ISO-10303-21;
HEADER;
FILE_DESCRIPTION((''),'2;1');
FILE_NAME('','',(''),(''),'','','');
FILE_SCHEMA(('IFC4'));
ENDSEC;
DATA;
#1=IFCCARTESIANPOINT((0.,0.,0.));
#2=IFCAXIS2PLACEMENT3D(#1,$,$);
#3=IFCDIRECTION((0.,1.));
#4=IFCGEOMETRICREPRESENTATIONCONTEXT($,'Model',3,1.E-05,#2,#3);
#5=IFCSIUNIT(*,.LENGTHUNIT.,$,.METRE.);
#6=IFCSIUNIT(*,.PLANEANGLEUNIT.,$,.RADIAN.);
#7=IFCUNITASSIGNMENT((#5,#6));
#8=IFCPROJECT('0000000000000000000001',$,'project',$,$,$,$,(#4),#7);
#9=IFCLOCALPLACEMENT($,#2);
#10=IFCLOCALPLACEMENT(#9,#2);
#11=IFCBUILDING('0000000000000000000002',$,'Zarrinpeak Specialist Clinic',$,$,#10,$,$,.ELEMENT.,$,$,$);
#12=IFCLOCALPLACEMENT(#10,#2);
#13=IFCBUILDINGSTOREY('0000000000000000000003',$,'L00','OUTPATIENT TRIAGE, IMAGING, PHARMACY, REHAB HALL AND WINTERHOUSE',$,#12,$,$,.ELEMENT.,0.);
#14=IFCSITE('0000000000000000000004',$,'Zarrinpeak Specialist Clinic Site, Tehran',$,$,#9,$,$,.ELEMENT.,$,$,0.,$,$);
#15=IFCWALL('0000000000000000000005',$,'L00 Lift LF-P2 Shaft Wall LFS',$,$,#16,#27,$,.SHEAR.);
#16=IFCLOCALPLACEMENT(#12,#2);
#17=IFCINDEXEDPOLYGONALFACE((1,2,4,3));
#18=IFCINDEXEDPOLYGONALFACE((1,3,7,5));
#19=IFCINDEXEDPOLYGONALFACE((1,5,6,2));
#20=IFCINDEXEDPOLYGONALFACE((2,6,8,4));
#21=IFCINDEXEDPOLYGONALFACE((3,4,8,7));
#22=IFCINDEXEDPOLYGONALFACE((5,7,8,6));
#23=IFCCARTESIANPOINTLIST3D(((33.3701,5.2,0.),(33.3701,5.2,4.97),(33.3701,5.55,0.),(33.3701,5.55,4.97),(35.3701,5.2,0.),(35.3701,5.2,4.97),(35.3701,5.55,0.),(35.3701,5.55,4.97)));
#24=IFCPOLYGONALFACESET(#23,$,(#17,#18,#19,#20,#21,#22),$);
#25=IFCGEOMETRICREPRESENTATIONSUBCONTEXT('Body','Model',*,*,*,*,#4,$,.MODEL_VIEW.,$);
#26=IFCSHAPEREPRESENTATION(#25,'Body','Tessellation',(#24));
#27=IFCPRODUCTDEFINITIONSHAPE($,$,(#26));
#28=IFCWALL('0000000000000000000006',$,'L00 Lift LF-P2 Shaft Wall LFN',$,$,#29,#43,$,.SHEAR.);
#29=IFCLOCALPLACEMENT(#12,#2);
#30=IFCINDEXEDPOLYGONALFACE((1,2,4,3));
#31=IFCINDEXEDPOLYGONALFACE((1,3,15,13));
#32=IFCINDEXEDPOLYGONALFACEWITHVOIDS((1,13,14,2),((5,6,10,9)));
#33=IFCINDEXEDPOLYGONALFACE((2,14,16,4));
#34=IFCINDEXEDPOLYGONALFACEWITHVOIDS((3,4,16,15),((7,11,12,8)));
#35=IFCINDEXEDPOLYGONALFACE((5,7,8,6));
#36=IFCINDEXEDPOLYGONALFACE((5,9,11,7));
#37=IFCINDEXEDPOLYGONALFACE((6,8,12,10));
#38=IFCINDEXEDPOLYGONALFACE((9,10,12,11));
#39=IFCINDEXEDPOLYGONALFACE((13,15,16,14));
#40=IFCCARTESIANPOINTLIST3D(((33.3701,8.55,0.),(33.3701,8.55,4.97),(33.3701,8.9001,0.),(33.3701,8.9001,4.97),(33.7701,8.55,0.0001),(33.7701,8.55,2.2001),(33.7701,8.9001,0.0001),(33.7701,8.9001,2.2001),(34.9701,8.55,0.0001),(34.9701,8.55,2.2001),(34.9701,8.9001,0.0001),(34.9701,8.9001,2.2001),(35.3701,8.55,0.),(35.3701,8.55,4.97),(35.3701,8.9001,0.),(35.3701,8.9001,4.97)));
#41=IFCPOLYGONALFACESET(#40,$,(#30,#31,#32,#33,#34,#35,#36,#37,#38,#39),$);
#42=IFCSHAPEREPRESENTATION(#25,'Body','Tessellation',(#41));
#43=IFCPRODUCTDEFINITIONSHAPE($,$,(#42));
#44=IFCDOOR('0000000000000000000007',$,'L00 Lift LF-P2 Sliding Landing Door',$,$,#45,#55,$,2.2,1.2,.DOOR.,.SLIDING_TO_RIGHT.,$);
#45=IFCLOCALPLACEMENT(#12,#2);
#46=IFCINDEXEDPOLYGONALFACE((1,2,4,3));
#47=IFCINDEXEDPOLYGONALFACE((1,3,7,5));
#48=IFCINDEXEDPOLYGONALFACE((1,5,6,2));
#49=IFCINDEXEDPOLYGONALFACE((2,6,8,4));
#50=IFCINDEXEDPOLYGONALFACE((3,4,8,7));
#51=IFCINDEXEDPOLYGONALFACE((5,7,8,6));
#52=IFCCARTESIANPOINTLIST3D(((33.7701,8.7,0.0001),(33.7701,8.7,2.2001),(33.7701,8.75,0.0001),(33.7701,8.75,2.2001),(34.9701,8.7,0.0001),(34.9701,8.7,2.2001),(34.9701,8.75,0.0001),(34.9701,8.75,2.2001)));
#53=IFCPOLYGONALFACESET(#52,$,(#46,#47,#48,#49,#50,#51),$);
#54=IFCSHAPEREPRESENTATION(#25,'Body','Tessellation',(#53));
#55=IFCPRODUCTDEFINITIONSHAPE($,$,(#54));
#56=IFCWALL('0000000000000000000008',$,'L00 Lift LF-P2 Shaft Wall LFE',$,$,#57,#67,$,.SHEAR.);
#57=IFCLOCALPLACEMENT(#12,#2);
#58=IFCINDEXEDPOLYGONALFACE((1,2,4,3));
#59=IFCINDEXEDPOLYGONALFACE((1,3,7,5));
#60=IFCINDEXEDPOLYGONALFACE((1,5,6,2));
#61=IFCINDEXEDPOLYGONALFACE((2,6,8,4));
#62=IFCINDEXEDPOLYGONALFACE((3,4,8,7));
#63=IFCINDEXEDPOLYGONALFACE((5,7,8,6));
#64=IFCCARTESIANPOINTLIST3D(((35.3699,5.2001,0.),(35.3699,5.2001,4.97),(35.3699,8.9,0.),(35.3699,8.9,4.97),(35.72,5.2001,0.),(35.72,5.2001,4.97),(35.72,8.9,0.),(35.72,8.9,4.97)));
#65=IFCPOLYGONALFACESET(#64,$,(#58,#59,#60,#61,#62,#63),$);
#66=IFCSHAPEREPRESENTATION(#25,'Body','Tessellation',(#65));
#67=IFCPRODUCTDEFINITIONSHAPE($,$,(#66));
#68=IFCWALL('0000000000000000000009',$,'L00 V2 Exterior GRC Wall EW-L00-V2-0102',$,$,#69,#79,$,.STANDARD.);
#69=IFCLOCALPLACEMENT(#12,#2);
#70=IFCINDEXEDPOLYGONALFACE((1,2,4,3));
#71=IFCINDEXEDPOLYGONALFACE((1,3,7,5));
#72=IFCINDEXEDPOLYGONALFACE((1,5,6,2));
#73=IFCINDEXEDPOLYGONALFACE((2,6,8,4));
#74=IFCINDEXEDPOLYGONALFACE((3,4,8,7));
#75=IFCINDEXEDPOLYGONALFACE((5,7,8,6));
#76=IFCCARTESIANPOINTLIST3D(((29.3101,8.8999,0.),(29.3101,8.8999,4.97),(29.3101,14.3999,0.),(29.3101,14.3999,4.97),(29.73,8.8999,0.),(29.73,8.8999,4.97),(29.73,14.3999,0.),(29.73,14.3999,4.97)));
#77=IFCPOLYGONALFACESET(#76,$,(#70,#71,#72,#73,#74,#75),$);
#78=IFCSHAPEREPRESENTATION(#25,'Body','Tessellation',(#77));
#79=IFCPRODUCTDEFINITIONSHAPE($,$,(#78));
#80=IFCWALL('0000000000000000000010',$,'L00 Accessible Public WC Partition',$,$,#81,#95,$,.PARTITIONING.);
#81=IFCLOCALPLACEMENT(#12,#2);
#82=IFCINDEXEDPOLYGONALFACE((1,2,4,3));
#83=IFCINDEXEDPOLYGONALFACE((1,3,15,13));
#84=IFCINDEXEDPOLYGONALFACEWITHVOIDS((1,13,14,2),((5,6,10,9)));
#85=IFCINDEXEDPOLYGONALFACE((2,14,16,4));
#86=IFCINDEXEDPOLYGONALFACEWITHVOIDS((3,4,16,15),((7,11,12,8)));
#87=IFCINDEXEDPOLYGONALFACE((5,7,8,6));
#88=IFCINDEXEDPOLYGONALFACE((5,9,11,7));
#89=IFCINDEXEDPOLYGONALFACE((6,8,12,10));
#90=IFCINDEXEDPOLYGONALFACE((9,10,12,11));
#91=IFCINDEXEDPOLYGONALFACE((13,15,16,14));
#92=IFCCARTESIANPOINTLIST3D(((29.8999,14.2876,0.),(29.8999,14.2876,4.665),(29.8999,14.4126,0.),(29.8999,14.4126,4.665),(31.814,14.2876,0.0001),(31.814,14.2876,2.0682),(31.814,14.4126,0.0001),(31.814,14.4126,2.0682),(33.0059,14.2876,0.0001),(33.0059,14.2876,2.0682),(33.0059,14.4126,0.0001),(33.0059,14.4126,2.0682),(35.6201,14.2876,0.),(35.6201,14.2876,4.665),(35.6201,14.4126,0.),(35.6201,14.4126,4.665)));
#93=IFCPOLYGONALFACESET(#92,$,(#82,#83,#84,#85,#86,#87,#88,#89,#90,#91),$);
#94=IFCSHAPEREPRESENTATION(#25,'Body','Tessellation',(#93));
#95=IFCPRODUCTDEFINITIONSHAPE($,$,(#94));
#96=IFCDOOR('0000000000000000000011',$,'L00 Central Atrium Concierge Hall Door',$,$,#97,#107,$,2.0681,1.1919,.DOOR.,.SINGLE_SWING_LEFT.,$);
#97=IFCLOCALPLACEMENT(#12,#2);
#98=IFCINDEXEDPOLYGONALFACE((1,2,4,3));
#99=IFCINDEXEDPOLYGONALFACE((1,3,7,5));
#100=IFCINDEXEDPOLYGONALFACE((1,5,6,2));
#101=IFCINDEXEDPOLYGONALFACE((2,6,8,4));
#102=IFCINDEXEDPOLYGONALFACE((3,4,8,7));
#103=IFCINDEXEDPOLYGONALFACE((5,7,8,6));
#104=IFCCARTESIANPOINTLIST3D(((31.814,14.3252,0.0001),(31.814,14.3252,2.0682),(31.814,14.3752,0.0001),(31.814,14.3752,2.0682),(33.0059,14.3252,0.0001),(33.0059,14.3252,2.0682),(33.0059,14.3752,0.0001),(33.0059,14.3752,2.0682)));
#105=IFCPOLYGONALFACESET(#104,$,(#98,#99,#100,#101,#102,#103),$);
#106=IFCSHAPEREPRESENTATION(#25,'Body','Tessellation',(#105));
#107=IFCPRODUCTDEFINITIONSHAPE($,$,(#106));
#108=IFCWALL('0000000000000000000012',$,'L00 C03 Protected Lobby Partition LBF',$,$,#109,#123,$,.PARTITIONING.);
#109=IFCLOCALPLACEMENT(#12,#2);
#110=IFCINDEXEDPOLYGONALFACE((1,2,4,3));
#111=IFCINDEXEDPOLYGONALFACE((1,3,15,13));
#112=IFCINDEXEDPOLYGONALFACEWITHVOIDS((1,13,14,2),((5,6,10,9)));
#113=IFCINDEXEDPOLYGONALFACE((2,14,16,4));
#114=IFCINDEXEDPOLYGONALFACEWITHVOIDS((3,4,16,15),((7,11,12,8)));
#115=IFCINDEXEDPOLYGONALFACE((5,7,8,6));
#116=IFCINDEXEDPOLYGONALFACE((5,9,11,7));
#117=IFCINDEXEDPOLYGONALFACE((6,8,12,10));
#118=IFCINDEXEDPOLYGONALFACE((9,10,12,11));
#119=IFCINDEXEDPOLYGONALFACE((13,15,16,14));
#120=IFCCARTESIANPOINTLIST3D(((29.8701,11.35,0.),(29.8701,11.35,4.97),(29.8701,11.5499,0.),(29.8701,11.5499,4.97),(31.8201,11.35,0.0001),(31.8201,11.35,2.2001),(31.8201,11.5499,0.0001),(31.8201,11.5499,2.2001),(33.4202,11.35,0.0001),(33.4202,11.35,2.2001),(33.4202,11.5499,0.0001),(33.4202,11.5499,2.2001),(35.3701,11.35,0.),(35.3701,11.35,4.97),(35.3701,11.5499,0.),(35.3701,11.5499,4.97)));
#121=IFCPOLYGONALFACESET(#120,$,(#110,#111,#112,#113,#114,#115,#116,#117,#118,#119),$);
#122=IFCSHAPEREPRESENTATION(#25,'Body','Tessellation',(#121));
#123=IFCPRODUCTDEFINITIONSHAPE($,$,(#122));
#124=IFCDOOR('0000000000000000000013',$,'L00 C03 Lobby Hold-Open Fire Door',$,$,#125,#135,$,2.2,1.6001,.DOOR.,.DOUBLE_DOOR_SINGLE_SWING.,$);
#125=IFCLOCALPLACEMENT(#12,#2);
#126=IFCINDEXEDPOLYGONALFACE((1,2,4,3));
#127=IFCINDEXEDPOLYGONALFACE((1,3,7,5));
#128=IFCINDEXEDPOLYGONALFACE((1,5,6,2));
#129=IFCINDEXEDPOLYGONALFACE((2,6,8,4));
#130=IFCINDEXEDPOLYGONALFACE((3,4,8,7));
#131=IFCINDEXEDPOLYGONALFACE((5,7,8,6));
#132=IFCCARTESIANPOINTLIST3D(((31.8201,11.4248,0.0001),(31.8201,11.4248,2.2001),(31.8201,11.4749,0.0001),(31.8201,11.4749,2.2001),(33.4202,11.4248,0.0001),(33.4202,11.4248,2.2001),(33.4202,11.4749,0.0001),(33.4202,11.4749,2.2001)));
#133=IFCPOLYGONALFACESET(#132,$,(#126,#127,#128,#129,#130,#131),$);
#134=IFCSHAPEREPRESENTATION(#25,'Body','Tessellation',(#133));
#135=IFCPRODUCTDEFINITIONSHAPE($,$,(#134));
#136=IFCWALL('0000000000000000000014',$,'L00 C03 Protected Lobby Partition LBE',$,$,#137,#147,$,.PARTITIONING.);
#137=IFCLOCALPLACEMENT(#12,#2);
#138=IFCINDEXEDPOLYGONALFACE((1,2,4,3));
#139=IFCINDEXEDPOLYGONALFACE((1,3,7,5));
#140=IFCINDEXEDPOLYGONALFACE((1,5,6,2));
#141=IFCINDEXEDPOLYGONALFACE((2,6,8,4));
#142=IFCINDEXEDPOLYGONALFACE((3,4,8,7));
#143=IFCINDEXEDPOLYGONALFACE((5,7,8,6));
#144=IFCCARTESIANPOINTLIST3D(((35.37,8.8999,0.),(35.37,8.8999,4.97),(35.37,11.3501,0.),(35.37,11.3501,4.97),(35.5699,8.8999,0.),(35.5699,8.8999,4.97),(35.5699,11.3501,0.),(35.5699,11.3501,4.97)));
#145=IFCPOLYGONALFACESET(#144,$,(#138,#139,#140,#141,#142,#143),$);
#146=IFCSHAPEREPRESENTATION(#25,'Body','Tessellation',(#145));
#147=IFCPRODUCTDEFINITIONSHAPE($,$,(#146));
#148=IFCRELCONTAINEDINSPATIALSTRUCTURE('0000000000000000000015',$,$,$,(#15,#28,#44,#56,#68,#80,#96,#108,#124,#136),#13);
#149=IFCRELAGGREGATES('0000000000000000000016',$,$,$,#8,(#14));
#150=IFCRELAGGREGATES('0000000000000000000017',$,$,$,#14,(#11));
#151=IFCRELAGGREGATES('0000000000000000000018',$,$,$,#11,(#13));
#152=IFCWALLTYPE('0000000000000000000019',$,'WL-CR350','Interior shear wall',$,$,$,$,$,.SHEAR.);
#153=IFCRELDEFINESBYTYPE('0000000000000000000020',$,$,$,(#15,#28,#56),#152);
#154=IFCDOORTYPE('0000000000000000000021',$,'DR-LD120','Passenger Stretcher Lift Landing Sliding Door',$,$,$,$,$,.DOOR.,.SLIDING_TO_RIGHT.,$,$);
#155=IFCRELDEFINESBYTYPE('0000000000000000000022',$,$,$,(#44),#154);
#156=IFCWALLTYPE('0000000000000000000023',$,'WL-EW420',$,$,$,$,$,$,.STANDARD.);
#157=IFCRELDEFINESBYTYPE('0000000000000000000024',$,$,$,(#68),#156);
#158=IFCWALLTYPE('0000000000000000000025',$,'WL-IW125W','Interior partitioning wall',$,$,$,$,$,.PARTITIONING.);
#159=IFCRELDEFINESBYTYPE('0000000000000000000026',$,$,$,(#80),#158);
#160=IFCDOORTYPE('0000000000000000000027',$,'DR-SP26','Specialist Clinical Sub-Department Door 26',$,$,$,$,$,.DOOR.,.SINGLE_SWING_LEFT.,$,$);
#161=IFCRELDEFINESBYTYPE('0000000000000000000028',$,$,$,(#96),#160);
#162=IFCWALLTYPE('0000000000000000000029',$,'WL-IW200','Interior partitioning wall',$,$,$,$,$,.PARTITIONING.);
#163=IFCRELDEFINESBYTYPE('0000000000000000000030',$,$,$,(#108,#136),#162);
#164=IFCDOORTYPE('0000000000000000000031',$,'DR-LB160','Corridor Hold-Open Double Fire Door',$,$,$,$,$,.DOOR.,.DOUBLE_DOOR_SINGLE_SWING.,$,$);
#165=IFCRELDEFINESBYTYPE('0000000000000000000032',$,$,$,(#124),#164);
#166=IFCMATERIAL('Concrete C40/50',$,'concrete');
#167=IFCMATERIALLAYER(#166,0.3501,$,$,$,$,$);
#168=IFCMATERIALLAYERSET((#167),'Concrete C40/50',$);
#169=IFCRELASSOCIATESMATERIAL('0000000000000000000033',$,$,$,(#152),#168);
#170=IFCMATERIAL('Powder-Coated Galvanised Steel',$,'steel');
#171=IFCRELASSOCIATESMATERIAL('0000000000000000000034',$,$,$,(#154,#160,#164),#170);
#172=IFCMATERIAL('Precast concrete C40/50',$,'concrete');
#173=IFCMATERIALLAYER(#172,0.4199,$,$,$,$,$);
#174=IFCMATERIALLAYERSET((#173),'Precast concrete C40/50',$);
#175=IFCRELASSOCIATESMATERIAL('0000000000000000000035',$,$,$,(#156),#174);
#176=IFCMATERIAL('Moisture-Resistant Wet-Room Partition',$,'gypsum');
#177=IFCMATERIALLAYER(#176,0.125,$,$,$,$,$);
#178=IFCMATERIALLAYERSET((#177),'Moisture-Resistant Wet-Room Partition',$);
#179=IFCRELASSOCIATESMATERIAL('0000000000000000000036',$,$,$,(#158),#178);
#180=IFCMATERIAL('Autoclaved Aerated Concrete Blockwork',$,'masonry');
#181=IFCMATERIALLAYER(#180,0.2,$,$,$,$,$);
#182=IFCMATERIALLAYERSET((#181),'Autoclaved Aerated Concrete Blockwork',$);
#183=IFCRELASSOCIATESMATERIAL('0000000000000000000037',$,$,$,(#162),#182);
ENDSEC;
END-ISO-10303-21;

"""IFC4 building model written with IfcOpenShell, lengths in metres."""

from ifc_helpers import new_model, si_unit, direction, frame, frame_2d, origin, place, context, subcontext, project, spatial, rectangle, extrude, material, layer, layer_set, type_object, element, fill, save


model = new_model("IFC4")

# Units and contexts
model_context = context("Model", 3, precision=1e-05, world=origin(), true_north=direction((0.0, 1.0)))
body_context = subcontext(model_context, "Body", "Model", "MODEL_VIEW")
ifc_project = project(units=[si_unit("LENGTHUNIT", "METRE"), si_unit("PLANEANGLEUNIT", "RADIAN")], contexts=[model_context])

# Site, building, storey
site_placement = place(None, origin())
site = spatial("IfcSite", under=ifc_project, at=site_placement, Name="Zarrinpeak Specialist Clinic Site, Tehran", CompositionType="ELEMENT", RefElevation=0.0)
building_placement = place(site_placement, origin())
building = spatial("IfcBuilding", under=site, at=building_placement, Name="Zarrinpeak Specialist Clinic", CompositionType="ELEMENT")
storey_placement = place(building_placement, origin())
storey = spatial("IfcBuildingStorey", under=building, at=storey_placement, Name="L00", Description="OUTPATIENT TRIAGE, IMAGING, PHARMACY, REHAB HALL AND WINTERHOUSE", CompositionType="ELEMENT", Elevation=0.0)

# Shared definitions
ifc_material_1 = material(Name="Concrete C40/50", Category="concrete")
ifc_layer_1 = layer(ifc_material_1, 0.3501)
ifc_layer_set_1 = layer_set([ifc_layer_1], Name="Concrete C40/50")
wall_type_1 = type_object("IfcWallType", Name="WL-CR350", Description="Interior shear wall", PredefinedType="SHEAR", material=ifc_layer_set_1)
ifc_material_2 = material(Name="Powder-Coated Galvanised Steel", Category="steel")

# Wall
wall_1_placement = place(storey_placement, frame((33.3701, 5.375, 0.0), z_axis=(0.0, 0.0, 1.0), x_axis=(1.0, 0.0, 0.0)))
element("IfcWall", 1, at=wall_1_placement, inside=storey, type_object=wall_type_1, Name="L00 Lift LF-P2 Shaft Wall LFS", PredefinedType="SHEAR", context=body_context, shape_type="SweptSolid", body=[
    extrude(rectangle(XDim=2.0, YDim=0.3501, at=frame_2d((1.0, 0.0))), origin(), (0.0, 0.0, 1.0), 4.97),
])

# Wall, opening, door
wall_2_placement = place(storey_placement, frame((33.3701, 8.7251, 0.0), z_axis=(0.0, 0.0, 1.0), x_axis=(1.0, 0.0, 0.0)))
wall_2 = element("IfcWall", 2, at=wall_2_placement, inside=storey, type_object=wall_type_1, Name="L00 Lift LF-P2 Shaft Wall LFN", PredefinedType="SHEAR", context=body_context, shape_type="SweptSolid", body=[
    extrude(rectangle(XDim=2.0, YDim=0.3501, at=frame_2d((1.0, 0.0))), origin(), (0.0, 0.0, 1.0), 4.97),
])
opening_1_placement = place(wall_2_placement, frame((0.3999, 0.0, 0.0)))
opening_1 = element("IfcOpeningElement", 3, at=opening_1_placement, cuts=wall_2, PredefinedType="OPENING", context=body_context, shape_type="SweptSolid", body=[
    extrude(rectangle(XDim=1.2, YDim=2.2, at=frame_2d((0.6001, 1.1001))), frame((0.0, 0.1851, 0.0), z_axis=(0.0, -1.0, 0.0), x_axis=(1.0, 0.0, 0.0)), (0.0, 0.0, 1.0), 0.3701),
])
door_type_1 = type_object("IfcDoorType", Name="DR-LD120", Description="Passenger Stretcher Lift Landing Sliding Door", OperationType="SLIDING_TO_RIGHT", PredefinedType="DOOR", material=ifc_material_2)
door_1_placement = place(opening_1_placement, origin())
door_1 = element("IfcDoor", 4, at=door_1_placement, inside=storey, type_object=door_type_1, Name="L00 Lift LF-P2 Sliding Landing Door", OperationType="SLIDING_TO_RIGHT", OverallHeight=2.2, OverallWidth=1.2, PredefinedType="DOOR", context=body_context, shape_type="SweptSolid", body=[
    extrude(rectangle(XDim=1.2, YDim=2.2, at=frame_2d((0.6001, 1.1001))), frame((0.0, 0.0249, 0.0), z_axis=(0.0, -1.0, 0.0), x_axis=(1.0, 0.0, 0.0)), (0.0, 0.0, 1.0), 0.05),
])
fill(opening_1, door_1)

# Walls
wall_3_placement = place(storey_placement, frame((35.5449, 5.2, 0.0), z_axis=(0.0, 0.0, 1.0), x_axis=(0.0, 1.0, 0.0)))
element("IfcWall", 5, at=wall_3_placement, inside=storey, type_object=wall_type_1, Name="L00 Lift LF-P2 Shaft Wall LFE", PredefinedType="SHEAR", context=body_context, shape_type="SweptSolid", body=[
    extrude(rectangle(XDim=3.7, YDim=0.3501, at=frame_2d((1.8501, 0.0))), origin(), (0.0, 0.0, 1.0), 4.97),
])
ifc_material_3 = material(Name="Precast concrete C40/50", Category="concrete")
ifc_layer_2 = layer(ifc_material_3, 0.4199)
ifc_layer_set_2 = layer_set([ifc_layer_2], Name="Precast concrete C40/50")
wall_type_2 = type_object("IfcWallType", Name="WL-EW420", PredefinedType="STANDARD", material=ifc_layer_set_2)
wall_4_placement = place(storey_placement, frame((29.52, 14.3999, 0.0), z_axis=(0.0, 0.0, 1.0), x_axis=(0.0, -1.0, 0.0)))
element("IfcWall", 6, at=wall_4_placement, inside=storey, type_object=wall_type_2, Name="L00 V2 Exterior GRC Wall EW-L00-V2-0102", PredefinedType="STANDARD", context=body_context, shape_type="SweptSolid", body=[
    extrude(rectangle(XDim=5.5, YDim=0.4199, at=frame_2d((2.75, 0.0))), origin(), (0.0, 0.0, 1.0), 4.97),
])

# Walls, openings, doors
ifc_material_4 = material(Name="Moisture-Resistant Wet-Room Partition", Category="gypsum")
ifc_layer_3 = layer(ifc_material_4, 0.125)
ifc_layer_set_3 = layer_set([ifc_layer_3], Name="Moisture-Resistant Wet-Room Partition")
wall_type_3 = type_object("IfcWallType", Name="WL-IW125W", Description="Interior partitioning wall", PredefinedType="PARTITIONING", material=ifc_layer_set_3)
wall_5_placement = place(storey_placement, frame((29.8999, 14.3501, 0.0), z_axis=(0.0, 0.0, 1.0), x_axis=(1.0, 0.0, 0.0)))
wall_5 = element("IfcWall", 7, at=wall_5_placement, inside=storey, type_object=wall_type_3, Name="L00 Accessible Public WC Partition", PredefinedType="PARTITIONING", context=body_context, shape_type="SweptSolid", body=[
    extrude(rectangle(XDim=5.7202, YDim=0.125, at=frame_2d((2.8601, 0.0))), origin(), (0.0, 0.0, 1.0), 4.665),
])
opening_2_placement = place(wall_5_placement, frame((1.9141, 0.0, 0.0)))
opening_2 = element("IfcOpeningElement", 8, at=opening_2_placement, cuts=wall_5, PredefinedType="OPENING", context=body_context, shape_type="SweptSolid", body=[
    extrude(rectangle(XDim=1.1919, YDim=2.0681, at=frame_2d((0.5959, 1.0342))), frame((0.0, 0.0725, 0.0), z_axis=(0.0, -1.0, 0.0), x_axis=(1.0, 0.0, 0.0)), (0.0, 0.0, 1.0), 0.145),
])
door_type_2 = type_object("IfcDoorType", Name="DR-SP26", Description="Specialist Clinical Sub-Department Door 26", OperationType="SINGLE_SWING_LEFT", PredefinedType="DOOR", material=ifc_material_2)
door_2_placement = place(opening_2_placement, frame((1.1919, 0.0, 0.0), z_axis=(0.0, 0.0, 1.0), x_axis=(-1.0, 0.0, 0.0)))
door_2 = element("IfcDoor", 9, at=door_2_placement, inside=storey, type_object=door_type_2, Name="L00 Central Atrium Concierge Hall Door", OperationType="SINGLE_SWING_LEFT", OverallHeight=2.0681, OverallWidth=1.1919, PredefinedType="DOOR", context=body_context, shape_type="SweptSolid", body=[
    extrude(rectangle(XDim=1.1919, YDim=2.0681, at=frame_2d((0.5959, 1.0342))), frame((0.0, 0.0249, 0.0), z_axis=(0.0, -1.0, 0.0), x_axis=(1.0, 0.0, 0.0)), (0.0, 0.0, 1.0), 0.05),
])
fill(opening_2, door_2)
ifc_material_5 = material(Name="Autoclaved Aerated Concrete Blockwork", Category="masonry")
ifc_layer_4 = layer(ifc_material_5, 0.2)
ifc_layer_set_4 = layer_set([ifc_layer_4], Name="Autoclaved Aerated Concrete Blockwork")
wall_type_4 = type_object("IfcWallType", Name="WL-IW200", Description="Interior partitioning wall", PredefinedType="PARTITIONING", material=ifc_layer_set_4)
wall_6_placement = place(storey_placement, frame((29.8701, 11.45, 0.0), z_axis=(0.0, 0.0, 1.0), x_axis=(1.0, 0.0, 0.0)))
wall_6 = element("IfcWall", 10, at=wall_6_placement, inside=storey, type_object=wall_type_4, Name="L00 C03 Protected Lobby Partition LBF", PredefinedType="PARTITIONING", context=body_context, shape_type="SweptSolid", body=[
    extrude(rectangle(XDim=5.5, YDim=0.2, at=frame_2d((2.75, 0.0))), origin(), (0.0, 0.0, 1.0), 4.97),
])
opening_3_placement = place(wall_6_placement, frame((1.95, 0.0, 0.0)))
opening_3 = element("IfcOpeningElement", 11, at=opening_3_placement, cuts=wall_6, PredefinedType="OPENING", context=body_context, shape_type="SweptSolid", body=[
    extrude(rectangle(XDim=1.6001, YDim=2.2, at=frame_2d((0.8, 1.1001))), frame((0.0, 0.1099, 0.0), z_axis=(0.0, -1.0, 0.0), x_axis=(1.0, 0.0, 0.0)), (0.0, 0.0, 1.0), 0.22),
])
door_type_3 = type_object("IfcDoorType", Name="DR-LB160", Description="Corridor Hold-Open Double Fire Door", OperationType="DOUBLE_DOOR_SINGLE_SWING", PredefinedType="DOOR", material=ifc_material_2)
door_3_placement = place(opening_3_placement, origin())
door_3 = element("IfcDoor", 12, at=door_3_placement, inside=storey, type_object=door_type_3, Name="L00 C03 Lobby Hold-Open Fire Door", OperationType="DOUBLE_DOOR_SINGLE_SWING", OverallHeight=2.2, OverallWidth=1.6001, PredefinedType="DOOR", context=body_context, shape_type="SweptSolid", body=[
    extrude(rectangle(XDim=1.6001, YDim=2.2, at=frame_2d((0.8, 1.1001))), frame((0.0, 0.0249, 0.0), z_axis=(0.0, -1.0, 0.0), x_axis=(1.0, 0.0, 0.0)), (0.0, 0.0, 1.0), 0.05),
])
fill(opening_3, door_3)

# Wall
wall_7_placement = place(storey_placement, frame((35.47, 8.8999, 0.0), z_axis=(0.0, 0.0, 1.0), x_axis=(0.0, 1.0, 0.0)))
element("IfcWall", 13, at=wall_7_placement, inside=storey, type_object=wall_type_4, Name="L00 C03 Protected Lobby Partition LBE", PredefinedType="PARTITIONING", context=body_context, shape_type="SweptSolid", body=[
    extrude(rectangle(XDim=2.4502, YDim=0.2, at=frame_2d((1.2251, 0.0))), origin(), (0.0, 0.0, 1.0), 4.97),
])

save(model, "model.ifc")
